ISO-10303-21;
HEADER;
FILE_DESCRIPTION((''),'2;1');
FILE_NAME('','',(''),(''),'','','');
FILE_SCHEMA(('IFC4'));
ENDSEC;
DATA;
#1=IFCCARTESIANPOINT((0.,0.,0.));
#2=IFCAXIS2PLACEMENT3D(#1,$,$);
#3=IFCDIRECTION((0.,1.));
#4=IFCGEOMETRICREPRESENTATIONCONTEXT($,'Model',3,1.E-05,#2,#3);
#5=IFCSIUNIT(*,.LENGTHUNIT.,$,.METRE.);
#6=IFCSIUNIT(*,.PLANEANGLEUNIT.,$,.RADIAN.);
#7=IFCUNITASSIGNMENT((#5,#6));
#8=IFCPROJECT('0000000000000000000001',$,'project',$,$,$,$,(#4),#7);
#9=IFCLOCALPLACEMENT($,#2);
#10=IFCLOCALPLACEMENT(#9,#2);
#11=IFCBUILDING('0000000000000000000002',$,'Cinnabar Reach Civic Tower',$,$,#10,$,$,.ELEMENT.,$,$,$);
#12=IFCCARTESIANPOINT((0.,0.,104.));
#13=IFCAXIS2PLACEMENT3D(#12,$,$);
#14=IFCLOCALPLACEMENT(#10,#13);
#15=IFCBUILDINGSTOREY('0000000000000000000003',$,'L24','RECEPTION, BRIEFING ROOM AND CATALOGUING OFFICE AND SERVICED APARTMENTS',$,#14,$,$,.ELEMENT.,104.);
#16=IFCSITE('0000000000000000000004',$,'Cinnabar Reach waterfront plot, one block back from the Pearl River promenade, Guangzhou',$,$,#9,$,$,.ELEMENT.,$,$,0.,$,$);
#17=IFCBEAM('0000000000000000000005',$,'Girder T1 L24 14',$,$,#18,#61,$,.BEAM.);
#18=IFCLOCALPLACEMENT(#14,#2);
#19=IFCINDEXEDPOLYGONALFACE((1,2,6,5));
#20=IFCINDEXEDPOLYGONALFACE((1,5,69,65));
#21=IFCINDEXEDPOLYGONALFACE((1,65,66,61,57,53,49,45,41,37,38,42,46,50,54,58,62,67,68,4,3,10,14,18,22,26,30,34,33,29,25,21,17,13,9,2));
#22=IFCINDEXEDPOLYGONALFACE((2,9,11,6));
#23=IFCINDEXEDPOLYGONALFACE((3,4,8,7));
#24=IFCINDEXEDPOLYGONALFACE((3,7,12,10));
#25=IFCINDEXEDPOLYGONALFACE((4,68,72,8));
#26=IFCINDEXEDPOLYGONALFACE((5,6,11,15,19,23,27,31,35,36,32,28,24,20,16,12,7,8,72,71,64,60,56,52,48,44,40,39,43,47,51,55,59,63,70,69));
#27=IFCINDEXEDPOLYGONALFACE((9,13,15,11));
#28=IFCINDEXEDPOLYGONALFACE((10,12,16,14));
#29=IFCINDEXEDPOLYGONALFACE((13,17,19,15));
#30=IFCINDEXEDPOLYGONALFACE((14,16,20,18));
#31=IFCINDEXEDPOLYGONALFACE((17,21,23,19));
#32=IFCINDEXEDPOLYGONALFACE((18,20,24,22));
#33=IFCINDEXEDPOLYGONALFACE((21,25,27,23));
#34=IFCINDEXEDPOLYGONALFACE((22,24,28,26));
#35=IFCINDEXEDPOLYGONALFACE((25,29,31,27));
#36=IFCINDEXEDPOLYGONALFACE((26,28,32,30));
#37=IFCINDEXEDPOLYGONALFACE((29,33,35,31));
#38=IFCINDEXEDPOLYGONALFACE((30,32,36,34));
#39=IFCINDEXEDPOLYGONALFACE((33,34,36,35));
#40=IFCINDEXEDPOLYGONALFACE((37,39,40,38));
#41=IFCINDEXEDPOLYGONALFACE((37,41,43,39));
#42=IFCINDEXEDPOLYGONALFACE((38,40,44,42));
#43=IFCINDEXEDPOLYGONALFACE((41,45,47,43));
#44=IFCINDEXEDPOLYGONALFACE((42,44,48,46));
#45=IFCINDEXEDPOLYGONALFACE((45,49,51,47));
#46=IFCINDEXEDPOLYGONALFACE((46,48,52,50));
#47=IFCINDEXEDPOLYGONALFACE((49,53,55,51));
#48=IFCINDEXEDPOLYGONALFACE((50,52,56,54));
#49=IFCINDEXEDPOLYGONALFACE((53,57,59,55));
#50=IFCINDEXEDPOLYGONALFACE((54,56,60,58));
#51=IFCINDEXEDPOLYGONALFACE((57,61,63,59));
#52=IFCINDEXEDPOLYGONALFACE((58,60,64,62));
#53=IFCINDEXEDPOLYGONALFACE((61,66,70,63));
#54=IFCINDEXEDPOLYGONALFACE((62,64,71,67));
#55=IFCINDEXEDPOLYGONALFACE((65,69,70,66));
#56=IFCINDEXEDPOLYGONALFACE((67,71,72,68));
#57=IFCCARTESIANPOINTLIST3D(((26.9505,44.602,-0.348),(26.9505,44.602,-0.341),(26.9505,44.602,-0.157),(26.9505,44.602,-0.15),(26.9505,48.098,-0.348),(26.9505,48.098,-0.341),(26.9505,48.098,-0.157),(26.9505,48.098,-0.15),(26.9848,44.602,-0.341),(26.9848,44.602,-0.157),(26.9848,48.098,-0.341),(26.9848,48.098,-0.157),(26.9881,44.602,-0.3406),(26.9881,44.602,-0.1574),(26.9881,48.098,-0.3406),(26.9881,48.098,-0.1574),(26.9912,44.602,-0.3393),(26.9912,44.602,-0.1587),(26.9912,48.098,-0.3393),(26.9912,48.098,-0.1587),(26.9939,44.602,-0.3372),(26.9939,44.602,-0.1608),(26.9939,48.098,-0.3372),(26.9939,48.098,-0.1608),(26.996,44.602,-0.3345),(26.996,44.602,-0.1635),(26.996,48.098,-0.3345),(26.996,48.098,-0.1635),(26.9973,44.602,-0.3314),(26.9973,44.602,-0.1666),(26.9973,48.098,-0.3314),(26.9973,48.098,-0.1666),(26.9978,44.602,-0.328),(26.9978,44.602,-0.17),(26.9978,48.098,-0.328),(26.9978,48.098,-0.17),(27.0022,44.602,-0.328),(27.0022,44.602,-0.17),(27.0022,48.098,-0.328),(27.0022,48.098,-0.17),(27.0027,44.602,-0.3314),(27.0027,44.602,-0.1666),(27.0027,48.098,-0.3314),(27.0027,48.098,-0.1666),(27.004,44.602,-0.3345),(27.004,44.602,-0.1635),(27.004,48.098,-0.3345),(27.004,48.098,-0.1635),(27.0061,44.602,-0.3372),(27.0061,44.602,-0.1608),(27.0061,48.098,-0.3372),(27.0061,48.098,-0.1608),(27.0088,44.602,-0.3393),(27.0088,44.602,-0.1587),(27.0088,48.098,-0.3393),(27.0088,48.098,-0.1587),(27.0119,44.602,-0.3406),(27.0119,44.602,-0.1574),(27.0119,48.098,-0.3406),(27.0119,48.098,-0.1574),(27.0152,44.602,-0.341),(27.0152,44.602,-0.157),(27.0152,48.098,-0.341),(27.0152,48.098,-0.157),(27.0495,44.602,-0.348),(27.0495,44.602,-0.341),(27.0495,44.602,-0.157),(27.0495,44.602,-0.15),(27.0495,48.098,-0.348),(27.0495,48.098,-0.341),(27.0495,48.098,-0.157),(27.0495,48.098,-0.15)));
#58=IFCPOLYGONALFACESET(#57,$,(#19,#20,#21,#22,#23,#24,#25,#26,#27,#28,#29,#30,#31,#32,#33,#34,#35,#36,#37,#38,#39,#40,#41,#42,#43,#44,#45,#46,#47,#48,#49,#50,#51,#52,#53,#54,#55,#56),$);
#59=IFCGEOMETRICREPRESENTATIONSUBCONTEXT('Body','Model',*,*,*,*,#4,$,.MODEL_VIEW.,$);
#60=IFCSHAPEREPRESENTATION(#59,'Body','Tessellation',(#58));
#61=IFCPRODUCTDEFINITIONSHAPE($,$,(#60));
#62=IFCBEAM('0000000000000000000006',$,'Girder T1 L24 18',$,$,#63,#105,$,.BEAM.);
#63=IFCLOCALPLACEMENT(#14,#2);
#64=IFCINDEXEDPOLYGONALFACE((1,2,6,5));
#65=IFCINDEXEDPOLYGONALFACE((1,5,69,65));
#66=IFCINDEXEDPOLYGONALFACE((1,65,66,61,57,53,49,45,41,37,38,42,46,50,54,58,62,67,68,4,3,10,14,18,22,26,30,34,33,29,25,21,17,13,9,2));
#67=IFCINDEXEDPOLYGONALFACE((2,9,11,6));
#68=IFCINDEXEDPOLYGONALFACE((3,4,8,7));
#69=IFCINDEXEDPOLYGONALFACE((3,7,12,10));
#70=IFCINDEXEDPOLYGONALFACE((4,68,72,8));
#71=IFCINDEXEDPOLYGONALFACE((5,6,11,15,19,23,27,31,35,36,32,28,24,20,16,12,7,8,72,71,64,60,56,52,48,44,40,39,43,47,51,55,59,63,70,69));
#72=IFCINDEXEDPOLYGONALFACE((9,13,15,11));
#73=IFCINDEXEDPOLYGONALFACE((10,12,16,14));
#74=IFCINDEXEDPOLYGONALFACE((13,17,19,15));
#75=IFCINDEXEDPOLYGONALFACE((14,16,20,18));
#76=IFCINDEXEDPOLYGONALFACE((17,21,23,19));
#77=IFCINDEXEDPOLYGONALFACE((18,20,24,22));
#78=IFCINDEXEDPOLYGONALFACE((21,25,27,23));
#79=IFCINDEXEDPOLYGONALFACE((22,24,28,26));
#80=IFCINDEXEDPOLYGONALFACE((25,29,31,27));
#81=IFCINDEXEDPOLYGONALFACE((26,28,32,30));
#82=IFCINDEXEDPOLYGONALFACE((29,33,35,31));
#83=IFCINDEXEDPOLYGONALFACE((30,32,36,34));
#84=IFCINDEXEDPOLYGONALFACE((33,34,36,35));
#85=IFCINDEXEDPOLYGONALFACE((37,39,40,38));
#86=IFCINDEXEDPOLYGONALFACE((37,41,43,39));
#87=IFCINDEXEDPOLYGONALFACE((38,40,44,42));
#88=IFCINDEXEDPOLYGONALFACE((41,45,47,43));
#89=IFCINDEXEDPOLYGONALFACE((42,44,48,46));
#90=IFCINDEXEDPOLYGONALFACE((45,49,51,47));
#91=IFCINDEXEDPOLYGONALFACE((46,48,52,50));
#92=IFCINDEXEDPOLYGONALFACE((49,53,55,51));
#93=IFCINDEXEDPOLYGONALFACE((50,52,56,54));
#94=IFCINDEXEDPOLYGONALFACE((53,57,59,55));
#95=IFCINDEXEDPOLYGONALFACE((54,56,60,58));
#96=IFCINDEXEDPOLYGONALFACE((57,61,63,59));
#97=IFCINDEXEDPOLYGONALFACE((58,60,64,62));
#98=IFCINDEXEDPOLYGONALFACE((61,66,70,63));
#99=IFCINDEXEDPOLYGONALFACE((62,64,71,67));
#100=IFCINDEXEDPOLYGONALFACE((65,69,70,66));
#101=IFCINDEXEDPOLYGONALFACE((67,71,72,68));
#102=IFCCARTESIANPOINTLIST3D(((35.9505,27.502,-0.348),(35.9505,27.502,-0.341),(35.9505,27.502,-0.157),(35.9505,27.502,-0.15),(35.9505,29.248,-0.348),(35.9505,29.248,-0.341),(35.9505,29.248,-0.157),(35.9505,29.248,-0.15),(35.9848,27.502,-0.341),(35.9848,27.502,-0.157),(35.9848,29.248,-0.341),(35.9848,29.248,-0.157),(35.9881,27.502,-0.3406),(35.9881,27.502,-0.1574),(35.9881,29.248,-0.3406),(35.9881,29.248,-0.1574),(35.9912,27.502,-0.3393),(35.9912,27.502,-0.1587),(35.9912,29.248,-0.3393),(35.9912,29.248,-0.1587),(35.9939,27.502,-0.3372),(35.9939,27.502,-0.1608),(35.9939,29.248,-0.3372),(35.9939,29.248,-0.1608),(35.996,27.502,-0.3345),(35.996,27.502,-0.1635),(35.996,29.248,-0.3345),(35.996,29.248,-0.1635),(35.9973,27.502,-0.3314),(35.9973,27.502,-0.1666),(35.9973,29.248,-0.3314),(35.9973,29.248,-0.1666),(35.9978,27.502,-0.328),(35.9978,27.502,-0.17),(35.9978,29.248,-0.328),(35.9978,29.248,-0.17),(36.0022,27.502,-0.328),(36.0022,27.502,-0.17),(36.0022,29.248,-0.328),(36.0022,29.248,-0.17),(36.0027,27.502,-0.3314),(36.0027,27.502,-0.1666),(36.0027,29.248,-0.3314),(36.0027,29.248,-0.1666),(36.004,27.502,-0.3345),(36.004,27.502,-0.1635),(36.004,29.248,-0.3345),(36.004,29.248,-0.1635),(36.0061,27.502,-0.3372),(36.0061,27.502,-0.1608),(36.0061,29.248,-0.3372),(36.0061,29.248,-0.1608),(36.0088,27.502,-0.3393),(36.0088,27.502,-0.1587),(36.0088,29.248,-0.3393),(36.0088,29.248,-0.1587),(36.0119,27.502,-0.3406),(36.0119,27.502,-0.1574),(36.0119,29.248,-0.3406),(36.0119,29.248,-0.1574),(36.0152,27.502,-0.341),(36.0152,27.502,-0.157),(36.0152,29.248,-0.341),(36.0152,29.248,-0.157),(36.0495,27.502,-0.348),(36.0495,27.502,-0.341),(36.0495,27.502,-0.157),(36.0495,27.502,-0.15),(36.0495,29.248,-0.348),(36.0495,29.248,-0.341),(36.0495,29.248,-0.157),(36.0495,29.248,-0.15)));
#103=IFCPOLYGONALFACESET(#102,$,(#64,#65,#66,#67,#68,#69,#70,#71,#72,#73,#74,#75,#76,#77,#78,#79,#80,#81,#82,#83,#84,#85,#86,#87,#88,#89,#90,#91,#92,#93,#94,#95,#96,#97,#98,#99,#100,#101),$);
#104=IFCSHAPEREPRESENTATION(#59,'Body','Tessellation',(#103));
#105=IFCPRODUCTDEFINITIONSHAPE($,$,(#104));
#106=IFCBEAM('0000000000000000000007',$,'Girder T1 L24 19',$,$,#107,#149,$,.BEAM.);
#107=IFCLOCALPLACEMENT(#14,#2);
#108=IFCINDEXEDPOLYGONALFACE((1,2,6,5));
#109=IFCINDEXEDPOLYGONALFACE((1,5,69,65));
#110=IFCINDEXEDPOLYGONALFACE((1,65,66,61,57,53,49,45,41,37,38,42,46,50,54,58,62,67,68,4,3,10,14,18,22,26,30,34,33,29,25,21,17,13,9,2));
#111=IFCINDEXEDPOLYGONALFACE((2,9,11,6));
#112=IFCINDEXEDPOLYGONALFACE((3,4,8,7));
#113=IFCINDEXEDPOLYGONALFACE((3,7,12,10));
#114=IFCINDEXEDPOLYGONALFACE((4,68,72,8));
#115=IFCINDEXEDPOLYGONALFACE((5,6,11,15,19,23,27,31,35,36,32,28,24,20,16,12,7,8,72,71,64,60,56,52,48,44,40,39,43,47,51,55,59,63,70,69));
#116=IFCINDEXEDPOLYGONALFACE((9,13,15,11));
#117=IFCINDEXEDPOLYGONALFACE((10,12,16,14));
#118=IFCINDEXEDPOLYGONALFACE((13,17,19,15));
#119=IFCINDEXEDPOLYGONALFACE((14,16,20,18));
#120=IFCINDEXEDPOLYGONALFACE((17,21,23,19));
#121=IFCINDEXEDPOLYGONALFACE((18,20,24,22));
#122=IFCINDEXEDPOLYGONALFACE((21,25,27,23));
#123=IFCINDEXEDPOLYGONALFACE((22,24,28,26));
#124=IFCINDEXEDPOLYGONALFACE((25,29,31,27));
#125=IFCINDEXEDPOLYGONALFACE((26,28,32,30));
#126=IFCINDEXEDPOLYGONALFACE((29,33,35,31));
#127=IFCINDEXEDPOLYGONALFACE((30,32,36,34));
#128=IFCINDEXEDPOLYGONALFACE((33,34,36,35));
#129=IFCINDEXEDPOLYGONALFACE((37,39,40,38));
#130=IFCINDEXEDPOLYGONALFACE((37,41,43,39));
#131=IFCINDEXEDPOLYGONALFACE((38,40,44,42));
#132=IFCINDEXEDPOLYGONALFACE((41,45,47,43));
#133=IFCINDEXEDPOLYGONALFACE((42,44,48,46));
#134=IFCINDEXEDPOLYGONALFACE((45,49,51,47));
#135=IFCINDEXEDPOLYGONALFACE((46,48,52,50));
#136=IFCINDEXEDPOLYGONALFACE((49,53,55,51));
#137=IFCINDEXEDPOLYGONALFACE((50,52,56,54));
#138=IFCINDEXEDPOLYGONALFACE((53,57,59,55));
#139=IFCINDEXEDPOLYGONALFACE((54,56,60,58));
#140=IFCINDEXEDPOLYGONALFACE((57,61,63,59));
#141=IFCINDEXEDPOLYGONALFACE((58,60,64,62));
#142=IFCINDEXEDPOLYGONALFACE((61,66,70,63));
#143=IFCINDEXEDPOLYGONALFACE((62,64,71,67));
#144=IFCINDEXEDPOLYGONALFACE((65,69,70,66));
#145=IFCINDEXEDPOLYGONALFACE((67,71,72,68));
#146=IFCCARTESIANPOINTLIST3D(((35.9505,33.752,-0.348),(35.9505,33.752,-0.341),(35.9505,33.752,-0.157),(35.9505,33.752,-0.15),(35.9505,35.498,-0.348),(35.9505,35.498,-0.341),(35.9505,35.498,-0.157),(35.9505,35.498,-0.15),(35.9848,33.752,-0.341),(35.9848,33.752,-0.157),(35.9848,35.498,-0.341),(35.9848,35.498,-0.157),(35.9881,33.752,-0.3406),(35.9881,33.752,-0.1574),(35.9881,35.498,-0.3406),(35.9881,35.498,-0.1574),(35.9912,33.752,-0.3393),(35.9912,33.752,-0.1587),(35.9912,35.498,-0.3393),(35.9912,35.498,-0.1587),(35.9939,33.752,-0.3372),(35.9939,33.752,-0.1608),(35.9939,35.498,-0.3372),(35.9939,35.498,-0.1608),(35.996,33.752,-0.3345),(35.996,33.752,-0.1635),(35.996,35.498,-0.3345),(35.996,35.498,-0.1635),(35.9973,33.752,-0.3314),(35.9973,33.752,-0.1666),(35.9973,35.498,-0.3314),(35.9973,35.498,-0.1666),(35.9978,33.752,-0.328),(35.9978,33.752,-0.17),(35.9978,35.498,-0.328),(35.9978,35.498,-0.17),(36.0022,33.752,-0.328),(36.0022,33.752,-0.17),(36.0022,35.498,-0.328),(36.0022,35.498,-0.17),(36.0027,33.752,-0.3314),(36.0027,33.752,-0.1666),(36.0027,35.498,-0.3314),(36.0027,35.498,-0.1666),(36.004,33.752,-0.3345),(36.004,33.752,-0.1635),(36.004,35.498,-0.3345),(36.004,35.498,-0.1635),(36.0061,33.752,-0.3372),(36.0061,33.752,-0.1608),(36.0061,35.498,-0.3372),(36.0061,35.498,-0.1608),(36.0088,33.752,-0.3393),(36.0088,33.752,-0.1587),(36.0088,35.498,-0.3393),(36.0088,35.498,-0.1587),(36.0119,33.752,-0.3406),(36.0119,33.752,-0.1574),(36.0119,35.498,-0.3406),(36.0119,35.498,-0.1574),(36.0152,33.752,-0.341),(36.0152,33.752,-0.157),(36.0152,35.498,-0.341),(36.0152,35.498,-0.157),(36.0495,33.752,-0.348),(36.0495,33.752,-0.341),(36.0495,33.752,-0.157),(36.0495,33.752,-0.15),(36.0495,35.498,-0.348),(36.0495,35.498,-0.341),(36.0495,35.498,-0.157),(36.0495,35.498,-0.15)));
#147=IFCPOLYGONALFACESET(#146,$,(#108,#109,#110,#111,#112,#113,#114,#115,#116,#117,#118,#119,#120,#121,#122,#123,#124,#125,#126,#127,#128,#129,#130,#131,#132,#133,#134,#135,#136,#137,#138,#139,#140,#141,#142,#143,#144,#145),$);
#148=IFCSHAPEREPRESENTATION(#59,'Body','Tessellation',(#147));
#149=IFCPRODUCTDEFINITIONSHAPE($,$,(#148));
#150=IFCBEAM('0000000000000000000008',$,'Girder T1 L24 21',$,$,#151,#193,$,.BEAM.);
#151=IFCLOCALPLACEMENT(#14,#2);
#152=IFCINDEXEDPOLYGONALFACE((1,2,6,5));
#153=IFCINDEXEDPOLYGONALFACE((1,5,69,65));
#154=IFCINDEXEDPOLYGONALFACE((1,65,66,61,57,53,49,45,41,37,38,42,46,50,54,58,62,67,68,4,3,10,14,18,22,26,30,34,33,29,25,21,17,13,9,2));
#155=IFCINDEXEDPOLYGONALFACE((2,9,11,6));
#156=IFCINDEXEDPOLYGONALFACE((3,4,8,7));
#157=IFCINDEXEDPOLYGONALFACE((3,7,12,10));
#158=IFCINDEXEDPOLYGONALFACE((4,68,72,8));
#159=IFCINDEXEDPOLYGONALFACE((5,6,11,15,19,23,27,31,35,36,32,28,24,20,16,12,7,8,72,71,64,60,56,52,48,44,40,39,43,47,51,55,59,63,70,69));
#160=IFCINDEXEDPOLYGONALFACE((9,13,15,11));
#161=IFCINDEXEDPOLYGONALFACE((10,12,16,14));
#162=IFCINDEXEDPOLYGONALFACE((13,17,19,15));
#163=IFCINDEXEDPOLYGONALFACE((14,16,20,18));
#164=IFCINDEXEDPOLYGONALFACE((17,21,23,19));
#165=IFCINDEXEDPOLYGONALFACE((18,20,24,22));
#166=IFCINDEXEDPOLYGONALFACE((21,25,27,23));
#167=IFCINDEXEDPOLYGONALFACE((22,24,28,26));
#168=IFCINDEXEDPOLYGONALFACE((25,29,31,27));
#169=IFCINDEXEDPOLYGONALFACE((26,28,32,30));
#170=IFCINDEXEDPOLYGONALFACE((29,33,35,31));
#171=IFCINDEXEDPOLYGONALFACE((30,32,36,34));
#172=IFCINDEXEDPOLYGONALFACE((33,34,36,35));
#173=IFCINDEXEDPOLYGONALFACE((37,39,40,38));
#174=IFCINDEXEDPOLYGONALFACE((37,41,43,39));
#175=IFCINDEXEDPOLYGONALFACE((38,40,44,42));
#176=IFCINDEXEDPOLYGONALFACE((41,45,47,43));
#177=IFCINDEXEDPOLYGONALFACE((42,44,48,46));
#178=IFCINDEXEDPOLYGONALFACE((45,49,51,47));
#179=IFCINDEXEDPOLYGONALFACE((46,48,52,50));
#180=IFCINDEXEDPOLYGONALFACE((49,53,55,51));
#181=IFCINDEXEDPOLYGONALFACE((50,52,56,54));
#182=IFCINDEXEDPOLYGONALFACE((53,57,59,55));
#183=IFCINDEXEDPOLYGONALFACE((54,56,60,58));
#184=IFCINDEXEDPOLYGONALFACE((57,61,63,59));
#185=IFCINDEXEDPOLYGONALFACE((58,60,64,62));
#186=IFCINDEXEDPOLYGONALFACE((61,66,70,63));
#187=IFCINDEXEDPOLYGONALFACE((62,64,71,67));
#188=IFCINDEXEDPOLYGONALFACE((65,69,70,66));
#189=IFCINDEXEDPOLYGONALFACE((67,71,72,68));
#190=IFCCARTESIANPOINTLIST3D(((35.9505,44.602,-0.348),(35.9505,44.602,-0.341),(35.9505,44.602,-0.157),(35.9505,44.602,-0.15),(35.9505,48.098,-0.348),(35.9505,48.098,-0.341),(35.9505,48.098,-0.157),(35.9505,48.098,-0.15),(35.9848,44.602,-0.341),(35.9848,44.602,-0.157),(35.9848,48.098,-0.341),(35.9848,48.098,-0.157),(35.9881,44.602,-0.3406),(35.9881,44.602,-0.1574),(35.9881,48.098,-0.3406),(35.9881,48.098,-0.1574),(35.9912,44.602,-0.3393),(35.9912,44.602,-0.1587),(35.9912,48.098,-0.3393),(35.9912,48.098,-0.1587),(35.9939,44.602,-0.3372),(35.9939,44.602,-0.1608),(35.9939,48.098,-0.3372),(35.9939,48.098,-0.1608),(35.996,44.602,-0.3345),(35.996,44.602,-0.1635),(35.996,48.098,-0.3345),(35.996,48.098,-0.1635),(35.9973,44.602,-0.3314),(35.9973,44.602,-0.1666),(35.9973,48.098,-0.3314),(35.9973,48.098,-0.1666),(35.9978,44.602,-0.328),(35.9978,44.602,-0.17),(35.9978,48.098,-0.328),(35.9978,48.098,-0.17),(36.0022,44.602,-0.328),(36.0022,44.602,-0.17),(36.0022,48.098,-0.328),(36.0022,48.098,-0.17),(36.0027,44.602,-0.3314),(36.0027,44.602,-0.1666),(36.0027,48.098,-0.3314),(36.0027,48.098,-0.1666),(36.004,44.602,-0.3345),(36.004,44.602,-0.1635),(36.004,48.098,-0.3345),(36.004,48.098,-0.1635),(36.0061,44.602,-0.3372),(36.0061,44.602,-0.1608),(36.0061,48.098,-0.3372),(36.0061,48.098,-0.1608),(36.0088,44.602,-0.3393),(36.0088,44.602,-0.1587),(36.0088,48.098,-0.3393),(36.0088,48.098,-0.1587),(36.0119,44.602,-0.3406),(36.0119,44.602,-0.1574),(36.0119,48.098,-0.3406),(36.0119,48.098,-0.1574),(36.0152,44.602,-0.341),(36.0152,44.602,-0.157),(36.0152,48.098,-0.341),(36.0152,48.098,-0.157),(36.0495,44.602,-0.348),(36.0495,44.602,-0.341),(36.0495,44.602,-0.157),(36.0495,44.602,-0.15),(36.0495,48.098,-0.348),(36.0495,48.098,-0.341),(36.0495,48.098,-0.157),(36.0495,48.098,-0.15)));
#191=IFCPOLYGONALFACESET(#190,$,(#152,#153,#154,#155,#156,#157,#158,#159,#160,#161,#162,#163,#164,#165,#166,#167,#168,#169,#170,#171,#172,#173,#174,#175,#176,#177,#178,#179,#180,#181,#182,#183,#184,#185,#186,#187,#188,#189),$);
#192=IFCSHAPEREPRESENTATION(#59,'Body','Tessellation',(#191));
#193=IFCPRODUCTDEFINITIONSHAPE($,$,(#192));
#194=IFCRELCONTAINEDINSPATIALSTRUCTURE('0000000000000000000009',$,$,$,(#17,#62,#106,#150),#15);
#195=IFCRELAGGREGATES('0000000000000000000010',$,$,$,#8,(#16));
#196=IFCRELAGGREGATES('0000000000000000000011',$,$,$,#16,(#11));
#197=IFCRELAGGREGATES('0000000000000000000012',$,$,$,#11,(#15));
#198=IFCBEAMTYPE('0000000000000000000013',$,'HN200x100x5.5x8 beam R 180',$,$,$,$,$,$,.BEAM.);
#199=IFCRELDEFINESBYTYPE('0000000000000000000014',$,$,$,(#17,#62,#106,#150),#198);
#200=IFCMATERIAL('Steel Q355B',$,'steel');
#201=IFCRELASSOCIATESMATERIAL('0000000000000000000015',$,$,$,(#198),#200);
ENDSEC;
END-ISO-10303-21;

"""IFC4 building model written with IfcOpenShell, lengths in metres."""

from ifc_helpers import new_model, si_unit, direction, frame, origin, origin_2d, place, context, subcontext, project, spatial, i_section, extrude, material, material_profile, profile_set, type_object, element, save


model = new_model("IFC4")

# Units and contexts
model_context = context("Model", 3, precision=1e-05, world=origin(), true_north=direction((0.0, 1.0)))
body_context = subcontext(model_context, "Body", "Model", "MODEL_VIEW")
ifc_project = project(units=[si_unit("LENGTHUNIT", "METRE"), si_unit("PLANEANGLEUNIT", "RADIAN")], contexts=[model_context])

# Site, building, storey
site_placement = place(None, origin())
site = spatial("IfcSite", under=ifc_project, at=site_placement, Name="Cinnabar Reach waterfront plot, one block back from the Pearl River promenade, Guangzhou", CompositionType="ELEMENT", RefElevation=0.0)
building_placement = place(site_placement, origin())
building = spatial("IfcBuilding", under=site, at=building_placement, Name="Cinnabar Reach Civic Tower", CompositionType="ELEMENT")
storey_placement = place(building_placement, frame((0.0, 0.0, 104.0)))
storey = spatial("IfcBuildingStorey", under=building, at=storey_placement, Name="L24", Description="RECEPTION, BRIEFING ROOM AND CATALOGUING OFFICE AND SERVICED APARTMENTS", CompositionType="ELEMENT", Elevation=104.0)

# Beams
ifc_material_1 = material(Name="Steel Q355B", Category="steel")
ifc_material_profile_1 = material_profile(ifc_material_1, i_section(OverallWidth=0.099, OverallDepth=0.198, WebThickness=0.0045, FlangeThickness=0.007, FilletRadius=0.013, at=origin_2d()), Name="HN200x100x5.5x8")
ifc_profile_set_1 = profile_set([ifc_material_profile_1], Name="Steel Q355B")
beam_type_1 = type_object("IfcBeamType", Name="HN200x100x5.5x8 beam R 180", PredefinedType="BEAM", material=ifc_profile_set_1)
beam_1_placement = place(storey_placement, frame((27.0, 44.602, -0.249), z_axis=(0.0, 1.0, 0.0), x_axis=(-1.0, 0.0, 0.0)))
element("IfcBeam", 1, at=beam_1_placement, inside=storey, type_object=beam_type_1, Name="Girder T1 L24 14", PredefinedType="BEAM", context=body_context, shape_type="SweptSolid", body=[
    extrude(i_section(OverallWidth=0.099, OverallDepth=0.198, WebThickness=0.0045, FlangeThickness=0.007, FilletRadius=0.013, at=origin_2d()), origin(), (0.0, 0.0, 1.0), 3.496),
])
for number, where, z_axis, x_axis, name in (
    (2, (36.0, 27.502, -0.249), (0.0, 1.0, 0.0), (-1.0, 0.0, 0.0), "Girder T1 L24 18"),
    (3, (36.0, 33.752, -0.249), (0.0, 1.0, 0.0), (-1.0, 0.0, 0.0), "Girder T1 L24 19"),
):
    element("IfcBeam", number, at=place(storey_placement, frame(where, z_axis=z_axis, x_axis=x_axis)), inside=storey, type_object=beam_type_1, Name=name, PredefinedType="BEAM", context=body_context, shape_type="SweptSolid", body=[
        extrude(i_section(OverallWidth=0.099, OverallDepth=0.198, WebThickness=0.0045, FlangeThickness=0.007, FilletRadius=0.013, at=origin_2d()), origin(), (0.0, 0.0, 1.0), 1.746),
    ])
beam_2_placement = place(storey_placement, frame((36.0, 44.602, -0.249), z_axis=(0.0, 1.0, 0.0), x_axis=(-1.0, 0.0, 0.0)))
element("IfcBeam", 4, at=beam_2_placement, inside=storey, type_object=beam_type_1, Name="Girder T1 L24 21", PredefinedType="BEAM", context=body_context, shape_type="SweptSolid", body=[
    extrude(i_section(OverallWidth=0.099, OverallDepth=0.198, WebThickness=0.0045, FlangeThickness=0.007, FilletRadius=0.013, at=origin_2d()), origin(), (0.0, 0.0, 1.0), 3.496),
])

save(model, "model.ifc")
